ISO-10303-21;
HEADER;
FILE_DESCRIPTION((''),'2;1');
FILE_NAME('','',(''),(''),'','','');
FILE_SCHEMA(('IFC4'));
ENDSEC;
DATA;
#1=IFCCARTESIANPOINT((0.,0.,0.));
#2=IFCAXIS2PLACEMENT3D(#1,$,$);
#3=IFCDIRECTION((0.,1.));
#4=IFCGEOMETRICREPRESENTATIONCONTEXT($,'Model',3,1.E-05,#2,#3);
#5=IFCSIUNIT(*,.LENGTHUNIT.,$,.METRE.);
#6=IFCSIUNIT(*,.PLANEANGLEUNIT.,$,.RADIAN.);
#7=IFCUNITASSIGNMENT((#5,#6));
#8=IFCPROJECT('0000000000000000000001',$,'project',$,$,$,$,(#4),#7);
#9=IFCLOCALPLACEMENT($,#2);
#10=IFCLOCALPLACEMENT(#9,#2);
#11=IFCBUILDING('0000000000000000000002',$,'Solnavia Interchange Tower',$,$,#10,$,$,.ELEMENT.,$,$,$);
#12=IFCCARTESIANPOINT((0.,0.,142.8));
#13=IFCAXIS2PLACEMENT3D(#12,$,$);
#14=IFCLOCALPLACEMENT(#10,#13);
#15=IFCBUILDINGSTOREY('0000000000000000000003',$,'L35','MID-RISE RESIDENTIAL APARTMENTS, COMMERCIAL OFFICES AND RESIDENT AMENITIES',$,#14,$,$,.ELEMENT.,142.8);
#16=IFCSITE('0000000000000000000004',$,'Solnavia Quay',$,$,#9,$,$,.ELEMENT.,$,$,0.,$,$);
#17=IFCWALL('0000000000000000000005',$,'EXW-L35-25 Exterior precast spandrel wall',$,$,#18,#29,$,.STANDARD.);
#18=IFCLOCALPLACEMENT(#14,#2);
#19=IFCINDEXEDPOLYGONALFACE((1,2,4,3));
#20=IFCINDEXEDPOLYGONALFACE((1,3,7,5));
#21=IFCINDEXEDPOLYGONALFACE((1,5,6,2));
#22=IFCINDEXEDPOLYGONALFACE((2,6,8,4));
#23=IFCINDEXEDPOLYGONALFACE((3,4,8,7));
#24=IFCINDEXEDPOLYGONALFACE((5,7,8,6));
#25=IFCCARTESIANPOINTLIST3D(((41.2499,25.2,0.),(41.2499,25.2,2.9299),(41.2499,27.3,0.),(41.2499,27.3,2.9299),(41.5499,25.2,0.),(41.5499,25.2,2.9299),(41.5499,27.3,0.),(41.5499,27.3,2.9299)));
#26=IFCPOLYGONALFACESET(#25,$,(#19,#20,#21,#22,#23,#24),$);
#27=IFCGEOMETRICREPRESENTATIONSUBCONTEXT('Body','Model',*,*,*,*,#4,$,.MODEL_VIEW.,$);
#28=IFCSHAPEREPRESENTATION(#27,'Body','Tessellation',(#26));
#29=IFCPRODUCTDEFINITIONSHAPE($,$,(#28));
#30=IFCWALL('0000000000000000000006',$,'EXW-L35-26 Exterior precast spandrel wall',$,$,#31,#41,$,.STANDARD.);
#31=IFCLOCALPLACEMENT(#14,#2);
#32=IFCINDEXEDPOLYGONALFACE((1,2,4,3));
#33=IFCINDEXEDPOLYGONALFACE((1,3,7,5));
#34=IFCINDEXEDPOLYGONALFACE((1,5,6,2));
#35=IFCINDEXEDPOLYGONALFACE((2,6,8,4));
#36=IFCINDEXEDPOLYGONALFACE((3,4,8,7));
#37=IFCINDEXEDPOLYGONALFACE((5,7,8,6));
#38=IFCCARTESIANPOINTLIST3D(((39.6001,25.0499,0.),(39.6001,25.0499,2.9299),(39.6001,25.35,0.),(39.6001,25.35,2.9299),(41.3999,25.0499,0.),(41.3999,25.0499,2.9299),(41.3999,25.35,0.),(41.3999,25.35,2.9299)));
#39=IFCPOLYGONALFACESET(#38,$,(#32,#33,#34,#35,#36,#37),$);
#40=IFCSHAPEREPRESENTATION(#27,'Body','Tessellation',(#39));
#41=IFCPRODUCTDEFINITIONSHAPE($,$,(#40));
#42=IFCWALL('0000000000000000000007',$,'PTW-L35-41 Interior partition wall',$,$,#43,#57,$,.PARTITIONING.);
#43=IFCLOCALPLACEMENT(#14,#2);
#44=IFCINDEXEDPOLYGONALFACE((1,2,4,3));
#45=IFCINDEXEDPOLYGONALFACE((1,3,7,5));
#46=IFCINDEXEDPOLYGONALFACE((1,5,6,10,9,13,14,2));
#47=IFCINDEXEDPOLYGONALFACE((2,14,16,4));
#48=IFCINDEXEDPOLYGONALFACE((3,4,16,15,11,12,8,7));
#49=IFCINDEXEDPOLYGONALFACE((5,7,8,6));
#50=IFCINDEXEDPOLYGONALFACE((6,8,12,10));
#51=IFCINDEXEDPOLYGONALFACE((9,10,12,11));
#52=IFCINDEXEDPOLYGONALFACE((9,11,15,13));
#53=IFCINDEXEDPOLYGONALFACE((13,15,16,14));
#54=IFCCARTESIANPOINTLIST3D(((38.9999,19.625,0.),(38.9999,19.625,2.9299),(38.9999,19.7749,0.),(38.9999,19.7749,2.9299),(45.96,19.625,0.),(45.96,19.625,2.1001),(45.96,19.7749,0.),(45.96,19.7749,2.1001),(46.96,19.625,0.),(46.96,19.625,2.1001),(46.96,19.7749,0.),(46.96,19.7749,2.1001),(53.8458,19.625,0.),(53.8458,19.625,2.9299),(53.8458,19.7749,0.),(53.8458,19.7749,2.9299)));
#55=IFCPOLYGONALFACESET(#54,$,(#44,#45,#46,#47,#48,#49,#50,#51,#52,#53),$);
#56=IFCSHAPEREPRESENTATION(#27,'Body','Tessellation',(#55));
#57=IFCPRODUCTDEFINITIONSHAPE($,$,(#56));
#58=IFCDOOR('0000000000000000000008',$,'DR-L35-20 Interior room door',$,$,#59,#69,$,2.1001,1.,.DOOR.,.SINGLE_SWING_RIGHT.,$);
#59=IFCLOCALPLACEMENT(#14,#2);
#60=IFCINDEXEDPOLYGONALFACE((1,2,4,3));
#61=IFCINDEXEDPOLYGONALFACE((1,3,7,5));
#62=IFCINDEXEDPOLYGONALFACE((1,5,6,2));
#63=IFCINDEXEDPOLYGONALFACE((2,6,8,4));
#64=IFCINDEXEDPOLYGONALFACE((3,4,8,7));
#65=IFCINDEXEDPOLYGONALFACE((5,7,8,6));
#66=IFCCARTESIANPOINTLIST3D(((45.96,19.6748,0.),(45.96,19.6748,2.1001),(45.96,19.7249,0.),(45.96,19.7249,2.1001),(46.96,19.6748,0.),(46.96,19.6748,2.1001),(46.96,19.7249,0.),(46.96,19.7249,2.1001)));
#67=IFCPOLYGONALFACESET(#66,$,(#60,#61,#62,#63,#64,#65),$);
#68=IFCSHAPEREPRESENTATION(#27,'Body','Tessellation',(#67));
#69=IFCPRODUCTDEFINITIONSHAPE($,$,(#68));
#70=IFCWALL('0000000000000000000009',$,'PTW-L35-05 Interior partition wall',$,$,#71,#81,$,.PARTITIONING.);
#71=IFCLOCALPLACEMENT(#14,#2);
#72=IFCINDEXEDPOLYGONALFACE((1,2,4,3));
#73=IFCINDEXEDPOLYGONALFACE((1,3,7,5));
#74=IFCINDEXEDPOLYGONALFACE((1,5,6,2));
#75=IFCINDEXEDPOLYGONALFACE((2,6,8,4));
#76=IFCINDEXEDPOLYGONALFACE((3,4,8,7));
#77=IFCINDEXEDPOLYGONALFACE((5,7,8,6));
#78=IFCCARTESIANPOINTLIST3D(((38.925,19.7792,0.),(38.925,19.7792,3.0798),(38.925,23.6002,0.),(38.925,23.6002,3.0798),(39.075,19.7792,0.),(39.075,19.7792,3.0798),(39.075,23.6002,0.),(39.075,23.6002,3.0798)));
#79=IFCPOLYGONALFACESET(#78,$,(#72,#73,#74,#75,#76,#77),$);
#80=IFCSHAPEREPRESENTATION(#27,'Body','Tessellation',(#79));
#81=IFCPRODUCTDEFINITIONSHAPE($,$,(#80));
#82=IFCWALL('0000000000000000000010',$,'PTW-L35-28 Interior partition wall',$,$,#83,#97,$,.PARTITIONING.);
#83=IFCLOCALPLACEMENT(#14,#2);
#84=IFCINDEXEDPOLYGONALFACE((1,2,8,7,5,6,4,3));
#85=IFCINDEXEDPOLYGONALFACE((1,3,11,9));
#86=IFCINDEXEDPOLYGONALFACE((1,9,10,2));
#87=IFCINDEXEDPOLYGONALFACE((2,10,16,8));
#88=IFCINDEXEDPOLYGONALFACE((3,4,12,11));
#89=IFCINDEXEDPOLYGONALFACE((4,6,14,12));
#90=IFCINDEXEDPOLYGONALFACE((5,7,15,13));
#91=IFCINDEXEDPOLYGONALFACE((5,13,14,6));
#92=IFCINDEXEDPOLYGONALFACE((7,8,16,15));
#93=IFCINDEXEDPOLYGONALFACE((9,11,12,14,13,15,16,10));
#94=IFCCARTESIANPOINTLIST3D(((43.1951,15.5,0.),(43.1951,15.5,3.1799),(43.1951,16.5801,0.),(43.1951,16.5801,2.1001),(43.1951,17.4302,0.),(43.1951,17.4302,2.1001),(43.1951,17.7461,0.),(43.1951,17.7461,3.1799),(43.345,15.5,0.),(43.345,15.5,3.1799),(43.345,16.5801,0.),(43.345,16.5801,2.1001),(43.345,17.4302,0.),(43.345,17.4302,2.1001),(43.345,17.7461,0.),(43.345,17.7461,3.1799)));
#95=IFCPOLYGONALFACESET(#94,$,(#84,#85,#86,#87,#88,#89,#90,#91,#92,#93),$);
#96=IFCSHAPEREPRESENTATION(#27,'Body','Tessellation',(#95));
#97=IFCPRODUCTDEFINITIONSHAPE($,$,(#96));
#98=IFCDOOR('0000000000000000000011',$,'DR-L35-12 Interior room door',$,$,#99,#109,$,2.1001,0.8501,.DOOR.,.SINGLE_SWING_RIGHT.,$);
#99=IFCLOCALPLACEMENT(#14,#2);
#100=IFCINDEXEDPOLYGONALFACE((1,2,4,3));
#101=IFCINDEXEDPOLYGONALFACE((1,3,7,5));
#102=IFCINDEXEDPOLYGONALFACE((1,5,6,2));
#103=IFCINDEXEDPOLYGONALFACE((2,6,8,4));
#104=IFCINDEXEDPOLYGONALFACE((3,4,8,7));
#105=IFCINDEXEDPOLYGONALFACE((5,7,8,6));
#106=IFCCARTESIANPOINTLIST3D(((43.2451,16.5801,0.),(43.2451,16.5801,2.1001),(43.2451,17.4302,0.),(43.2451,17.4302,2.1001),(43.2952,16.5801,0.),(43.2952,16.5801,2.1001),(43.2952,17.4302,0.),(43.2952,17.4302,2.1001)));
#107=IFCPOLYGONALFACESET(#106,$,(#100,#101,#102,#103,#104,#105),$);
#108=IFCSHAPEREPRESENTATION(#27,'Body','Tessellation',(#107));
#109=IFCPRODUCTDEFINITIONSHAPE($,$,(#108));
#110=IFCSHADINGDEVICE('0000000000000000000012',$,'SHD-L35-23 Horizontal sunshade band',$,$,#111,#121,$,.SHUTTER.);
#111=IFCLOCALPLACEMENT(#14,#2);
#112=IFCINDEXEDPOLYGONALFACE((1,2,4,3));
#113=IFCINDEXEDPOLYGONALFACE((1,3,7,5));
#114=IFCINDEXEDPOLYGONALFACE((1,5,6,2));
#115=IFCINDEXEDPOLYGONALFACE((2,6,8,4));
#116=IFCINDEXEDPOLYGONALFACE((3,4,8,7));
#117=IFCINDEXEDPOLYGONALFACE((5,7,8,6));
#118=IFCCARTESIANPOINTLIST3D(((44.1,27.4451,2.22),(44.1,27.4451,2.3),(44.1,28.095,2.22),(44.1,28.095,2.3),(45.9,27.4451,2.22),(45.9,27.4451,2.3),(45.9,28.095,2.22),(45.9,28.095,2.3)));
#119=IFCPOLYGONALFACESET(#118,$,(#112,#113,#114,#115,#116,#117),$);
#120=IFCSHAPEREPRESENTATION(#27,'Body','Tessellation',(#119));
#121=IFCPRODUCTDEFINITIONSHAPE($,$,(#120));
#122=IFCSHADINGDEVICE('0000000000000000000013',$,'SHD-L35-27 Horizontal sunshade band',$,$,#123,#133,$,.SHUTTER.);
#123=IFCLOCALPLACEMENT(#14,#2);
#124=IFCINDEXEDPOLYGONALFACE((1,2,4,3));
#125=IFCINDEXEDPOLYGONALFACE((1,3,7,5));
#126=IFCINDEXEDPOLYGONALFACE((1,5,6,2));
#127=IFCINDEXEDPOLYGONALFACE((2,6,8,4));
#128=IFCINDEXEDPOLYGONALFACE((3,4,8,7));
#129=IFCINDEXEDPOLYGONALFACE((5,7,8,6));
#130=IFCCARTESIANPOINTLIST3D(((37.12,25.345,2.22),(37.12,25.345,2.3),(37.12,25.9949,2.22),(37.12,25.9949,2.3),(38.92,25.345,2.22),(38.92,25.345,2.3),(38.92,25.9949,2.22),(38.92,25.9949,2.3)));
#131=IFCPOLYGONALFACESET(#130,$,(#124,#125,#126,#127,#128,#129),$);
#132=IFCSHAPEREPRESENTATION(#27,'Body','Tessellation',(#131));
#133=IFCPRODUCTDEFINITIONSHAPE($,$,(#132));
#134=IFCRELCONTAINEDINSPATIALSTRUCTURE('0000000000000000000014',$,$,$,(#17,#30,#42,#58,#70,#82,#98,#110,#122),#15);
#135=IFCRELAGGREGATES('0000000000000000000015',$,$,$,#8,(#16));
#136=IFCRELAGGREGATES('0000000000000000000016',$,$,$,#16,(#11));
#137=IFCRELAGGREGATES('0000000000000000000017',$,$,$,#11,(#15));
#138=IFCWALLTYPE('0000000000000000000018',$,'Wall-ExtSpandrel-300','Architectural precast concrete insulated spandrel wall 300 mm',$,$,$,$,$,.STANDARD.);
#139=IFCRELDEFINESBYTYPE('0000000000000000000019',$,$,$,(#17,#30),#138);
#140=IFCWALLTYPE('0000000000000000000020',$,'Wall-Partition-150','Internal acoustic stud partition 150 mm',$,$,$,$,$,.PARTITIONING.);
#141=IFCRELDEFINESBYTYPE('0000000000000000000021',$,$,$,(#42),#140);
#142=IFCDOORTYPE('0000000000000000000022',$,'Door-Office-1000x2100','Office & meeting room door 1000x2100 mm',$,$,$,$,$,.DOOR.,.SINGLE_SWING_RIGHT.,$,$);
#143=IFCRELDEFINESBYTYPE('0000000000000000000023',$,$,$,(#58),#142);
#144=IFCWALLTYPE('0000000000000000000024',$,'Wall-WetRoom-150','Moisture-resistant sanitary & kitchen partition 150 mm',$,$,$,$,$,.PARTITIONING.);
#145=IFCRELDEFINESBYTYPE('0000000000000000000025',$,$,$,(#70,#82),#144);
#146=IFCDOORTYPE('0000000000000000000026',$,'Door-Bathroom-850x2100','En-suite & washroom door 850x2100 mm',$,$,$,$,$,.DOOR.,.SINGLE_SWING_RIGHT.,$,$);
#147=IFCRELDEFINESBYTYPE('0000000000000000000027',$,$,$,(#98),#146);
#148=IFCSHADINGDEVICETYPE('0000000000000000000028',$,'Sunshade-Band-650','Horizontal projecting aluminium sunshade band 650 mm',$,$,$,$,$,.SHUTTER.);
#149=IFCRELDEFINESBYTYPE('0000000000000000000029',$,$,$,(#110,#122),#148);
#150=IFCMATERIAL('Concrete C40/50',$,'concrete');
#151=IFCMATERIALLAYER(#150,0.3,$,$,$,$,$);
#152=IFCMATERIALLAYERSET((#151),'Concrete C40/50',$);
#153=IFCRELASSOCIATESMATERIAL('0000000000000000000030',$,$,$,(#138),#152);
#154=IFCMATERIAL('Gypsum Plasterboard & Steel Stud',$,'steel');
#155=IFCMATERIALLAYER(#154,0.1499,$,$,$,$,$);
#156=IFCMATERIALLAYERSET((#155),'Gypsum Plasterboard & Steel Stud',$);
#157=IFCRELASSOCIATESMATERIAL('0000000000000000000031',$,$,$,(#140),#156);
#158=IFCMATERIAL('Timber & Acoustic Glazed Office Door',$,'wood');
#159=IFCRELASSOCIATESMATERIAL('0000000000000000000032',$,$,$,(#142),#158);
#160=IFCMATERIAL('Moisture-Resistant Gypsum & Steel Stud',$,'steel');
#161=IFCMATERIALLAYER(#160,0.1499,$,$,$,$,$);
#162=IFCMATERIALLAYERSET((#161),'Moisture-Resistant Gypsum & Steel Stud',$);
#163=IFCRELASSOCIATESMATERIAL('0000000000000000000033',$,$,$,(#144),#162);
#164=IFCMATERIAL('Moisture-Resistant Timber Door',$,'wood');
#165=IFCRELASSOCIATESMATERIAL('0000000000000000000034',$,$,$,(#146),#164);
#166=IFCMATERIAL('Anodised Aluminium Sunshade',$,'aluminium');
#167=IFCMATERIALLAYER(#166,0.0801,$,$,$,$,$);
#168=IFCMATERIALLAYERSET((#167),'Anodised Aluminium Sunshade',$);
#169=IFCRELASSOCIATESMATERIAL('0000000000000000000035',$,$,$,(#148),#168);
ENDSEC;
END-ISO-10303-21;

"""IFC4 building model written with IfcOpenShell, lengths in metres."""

from ifc_helpers import new_model, si_unit, direction, frame, frame_2d, origin, origin_2d, place, context, subcontext, project, spatial, rectangle, extrude, material, layer, layer_set, type_object, element, fill, save


model = new_model("IFC4")

# Units and contexts
model_context = context("Model", 3, precision=1e-05, world=origin(), true_north=direction((0.0, 1.0)))
body_context = subcontext(model_context, "Body", "Model", "MODEL_VIEW")
ifc_project = project(units=[si_unit("LENGTHUNIT", "METRE"), si_unit("PLANEANGLEUNIT", "RADIAN")], contexts=[model_context])

# Site, building, storey
site_placement = place(None, origin())
site = spatial("IfcSite", under=ifc_project, at=site_placement, Name="Solnavia Quay", CompositionType="ELEMENT", RefElevation=0.0)
building_placement = place(site_placement, origin())
building = spatial("IfcBuilding", under=site, at=building_placement, Name="Solnavia Interchange Tower", CompositionType="ELEMENT")
storey_placement = place(building_placement, frame((0.0, 0.0, 142.8)))
storey = spatial("IfcBuildingStorey", under=building, at=storey_placement, Name="L35", Description="MID-RISE RESIDENTIAL APARTMENTS, COMMERCIAL OFFICES AND RESIDENT AMENITIES", CompositionType="ELEMENT", Elevation=142.8)

# Shared definitions
ifc_material_1 = material(Name="Concrete C40/50", Category="concrete")
ifc_layer_1 = layer(ifc_material_1, 0.3)
ifc_layer_set_1 = layer_set([ifc_layer_1], Name="Concrete C40/50")
wall_type_1 = type_object("IfcWallType", Name="Wall-ExtSpandrel-300", Description="Architectural precast concrete insulated spandrel wall 300 mm", PredefinedType="STANDARD", material=ifc_layer_set_1)

# Walls
wall_1_placement = place(storey_placement, frame((41.3999, 27.3, 0.0), z_axis=(0.0, 0.0, 1.0), x_axis=(0.0, -1.0, 0.0)))
element("IfcWall", 1, at=wall_1_placement, inside=storey, type_object=wall_type_1, Name="EXW-L35-25 Exterior precast spandrel wall", PredefinedType="STANDARD", context=body_context, shape_type="SweptSolid", body=[
    extrude(rectangle(XDim=2.1001, YDim=0.3, at=frame_2d((1.05, 0.0))), origin(), (0.0, 0.0, 1.0), 2.9299),
])
wall_2_placement = place(storey_placement, frame((39.6001, 25.2, 0.0), z_axis=(0.0, 0.0, 1.0), x_axis=(1.0, 0.0, 0.0)))
element("IfcWall", 2, at=wall_2_placement, inside=storey, type_object=wall_type_1, Name="EXW-L35-26 Exterior precast spandrel wall", PredefinedType="STANDARD", context=body_context, shape_type="SweptSolid", body=[
    extrude(rectangle(XDim=1.7998, YDim=0.3, at=frame_2d((0.8999, 0.0))), origin(), (0.0, 0.0, 1.0), 2.9299),
])

# Wall, opening, door
ifc_material_2 = material(Name="Gypsum Plasterboard & Steel Stud", Category="steel")
ifc_layer_2 = layer(ifc_material_2, 0.1499)
ifc_layer_set_2 = layer_set([ifc_layer_2], Name="Gypsum Plasterboard & Steel Stud")
wall_type_2 = type_object("IfcWallType", Name="Wall-Partition-150", Description="Internal acoustic stud partition 150 mm", PredefinedType="PARTITIONING", material=ifc_layer_set_2)
wall_3_placement = place(storey_placement, frame((39.0, 19.7, 0.0), z_axis=(0.0, 0.0, 1.0), x_axis=(1.0, 0.0, 0.0)))
wall_3 = element("IfcWall", 3, at=wall_3_placement, inside=storey, type_object=wall_type_2, Name="PTW-L35-41 Interior partition wall", PredefinedType="PARTITIONING", context=body_context, shape_type="SweptSolid", body=[
    extrude(rectangle(XDim=14.8459, YDim=0.1499, at=frame_2d((7.4229, 0.0))), origin(), (0.0, 0.0, 1.0), 2.9299),
])
opening_1_placement = place(wall_3_placement, frame((6.96, 0.0, 0.0)))
opening_1 = element("IfcOpeningElement", 4, at=opening_1_placement, cuts=wall_3, PredefinedType="OPENING", context=body_context, shape_type="SweptSolid", body=[
    extrude(rectangle(XDim=1.0, YDim=2.1001, at=frame_2d((0.5, 1.05))), frame((0.0, 0.085, 0.0), z_axis=(0.0, -1.0, 0.0), x_axis=(1.0, 0.0, 0.0)), (0.0, 0.0, 1.0), 0.1699),
])
ifc_material_3 = material(Name="Timber & Acoustic Glazed Office Door", Category="wood")
door_type_1 = type_object("IfcDoorType", Name="Door-Office-1000x2100", Description="Office & meeting room door 1000x2100 mm", OperationType="SINGLE_SWING_RIGHT", PredefinedType="DOOR", material=ifc_material_3)
door_1_placement = place(opening_1_placement, origin())
door_1 = element("IfcDoor", 5, at=door_1_placement, inside=storey, type_object=door_type_1, Name="DR-L35-20 Interior room door", OperationType="SINGLE_SWING_RIGHT", OverallHeight=2.1001, OverallWidth=1.0, PredefinedType="DOOR", context=body_context, shape_type="SweptSolid", body=[
    extrude(rectangle(XDim=1.0, YDim=2.1001, at=frame_2d((0.5, 1.05))), frame((0.0, 0.0249, 0.0), z_axis=(0.0, -1.0, 0.0), x_axis=(1.0, 0.0, 0.0)), (0.0, 0.0, 1.0), 0.05),
])
fill(opening_1, door_1)

# Wall
ifc_material_4 = material(Name="Moisture-Resistant Gypsum & Steel Stud", Category="steel")
ifc_layer_3 = layer(ifc_material_4, 0.1499)
ifc_layer_set_3 = layer_set([ifc_layer_3], Name="Moisture-Resistant Gypsum & Steel Stud")
wall_type_3 = type_object("IfcWallType", Name="Wall-WetRoom-150", Description="Moisture-resistant sanitary & kitchen partition 150 mm", PredefinedType="PARTITIONING", material=ifc_layer_set_3)
wall_4_placement = place(storey_placement, frame((39.0, 19.7791, 0.0), z_axis=(0.0, 0.0, 1.0), x_axis=(0.0, 1.0, 0.0)))
element("IfcWall", 6, at=wall_4_placement, inside=storey, type_object=wall_type_3, Name="PTW-L35-05 Interior partition wall", PredefinedType="PARTITIONING", context=body_context, shape_type="SweptSolid", body=[
    extrude(rectangle(XDim=3.821, YDim=0.1499, at=frame_2d((1.9106, 0.0))), origin(), (0.0, 0.0, 1.0), 3.0798),
])

# Wall, opening, door
wall_5_placement = place(storey_placement, frame((43.27, 15.5, 0.0), z_axis=(0.0, 0.0, 1.0), x_axis=(0.0, 1.0, 0.0)))
wall_5 = element("IfcWall", 7, at=wall_5_placement, inside=storey, type_object=wall_type_3, Name="PTW-L35-28 Interior partition wall", PredefinedType="PARTITIONING", context=body_context, shape_type="SweptSolid", body=[
    extrude(rectangle(XDim=2.2461, YDim=0.1499, at=frame_2d((1.123, 0.0))), origin(), (0.0, 0.0, 1.0), 3.1799),
])
opening_2_placement = place(wall_5_placement, frame((1.0801, 0.0, 0.0)))
opening_2 = element("IfcOpeningElement", 8, at=opening_2_placement, cuts=wall_5, PredefinedType="OPENING", context=body_context, shape_type="SweptSolid", body=[
    extrude(rectangle(XDim=0.8501, YDim=2.1001, at=frame_2d((0.425, 1.05))), frame((0.0, 0.085, 0.0), z_axis=(0.0, -1.0, 0.0), x_axis=(1.0, 0.0, 0.0)), (0.0, 0.0, 1.0), 0.1699),
])
ifc_material_5 = material(Name="Moisture-Resistant Timber Door", Category="wood")
door_type_2 = type_object("IfcDoorType", Name="Door-Bathroom-850x2100", Description="En-suite & washroom door 850x2100 mm", OperationType="SINGLE_SWING_RIGHT", PredefinedType="DOOR", material=ifc_material_5)
door_2_placement = place(opening_2_placement, origin())
door_2 = element("IfcDoor", 9, at=door_2_placement, inside=storey, type_object=door_type_2, Name="DR-L35-12 Interior room door", OperationType="SINGLE_SWING_RIGHT", OverallHeight=2.1001, OverallWidth=0.8501, PredefinedType="DOOR", context=body_context, shape_type="SweptSolid", body=[
    extrude(rectangle(XDim=0.8501, YDim=2.1001, at=frame_2d((0.425, 1.05))), frame((0.0, 0.0249, 0.0), z_axis=(0.0, -1.0, 0.0), x_axis=(1.0, 0.0, 0.0)), (0.0, 0.0, 1.0), 0.05),
])
fill(opening_2, door_2)

# Shading devices
ifc_material_6 = material(Name="Anodised Aluminium Sunshade", Category="aluminium")
ifc_layer_4 = layer(ifc_material_6, 0.0801)
ifc_layer_set_4 = layer_set([ifc_layer_4], Name="Anodised Aluminium Sunshade")
shading_device_type = type_object("IfcShadingDeviceType", Name="Sunshade-Band-650", Description="Horizontal projecting aluminium sunshade band 650 mm", PredefinedType="SHUTTER", material=ifc_layer_set_4)
for number, where, z_axis, x_axis, name in (
    (10, (45.0, 27.77, 2.22), (0.0, 0.0, 1.0), (1.0, 0.0, 0.0), "SHD-L35-23 Horizontal sunshade band"),
    (11, (38.02, 25.6699, 2.22), (0.0, 0.0, 1.0), (1.0, 0.0, 0.0), "SHD-L35-27 Horizontal sunshade band"),
):
    element("IfcShadingDevice", number, at=place(storey_placement, frame(where, z_axis=z_axis, x_axis=x_axis)), inside=storey, type_object=shading_device_type, Name=name, PredefinedType="SHUTTER", context=body_context, shape_type="SweptSolid", body=[
        extrude(rectangle(XDim=1.8, YDim=0.6499, at=origin_2d()), origin(), (0.0, 0.0, 1.0), 0.0801),
    ])

save(model, "model.ifc")
